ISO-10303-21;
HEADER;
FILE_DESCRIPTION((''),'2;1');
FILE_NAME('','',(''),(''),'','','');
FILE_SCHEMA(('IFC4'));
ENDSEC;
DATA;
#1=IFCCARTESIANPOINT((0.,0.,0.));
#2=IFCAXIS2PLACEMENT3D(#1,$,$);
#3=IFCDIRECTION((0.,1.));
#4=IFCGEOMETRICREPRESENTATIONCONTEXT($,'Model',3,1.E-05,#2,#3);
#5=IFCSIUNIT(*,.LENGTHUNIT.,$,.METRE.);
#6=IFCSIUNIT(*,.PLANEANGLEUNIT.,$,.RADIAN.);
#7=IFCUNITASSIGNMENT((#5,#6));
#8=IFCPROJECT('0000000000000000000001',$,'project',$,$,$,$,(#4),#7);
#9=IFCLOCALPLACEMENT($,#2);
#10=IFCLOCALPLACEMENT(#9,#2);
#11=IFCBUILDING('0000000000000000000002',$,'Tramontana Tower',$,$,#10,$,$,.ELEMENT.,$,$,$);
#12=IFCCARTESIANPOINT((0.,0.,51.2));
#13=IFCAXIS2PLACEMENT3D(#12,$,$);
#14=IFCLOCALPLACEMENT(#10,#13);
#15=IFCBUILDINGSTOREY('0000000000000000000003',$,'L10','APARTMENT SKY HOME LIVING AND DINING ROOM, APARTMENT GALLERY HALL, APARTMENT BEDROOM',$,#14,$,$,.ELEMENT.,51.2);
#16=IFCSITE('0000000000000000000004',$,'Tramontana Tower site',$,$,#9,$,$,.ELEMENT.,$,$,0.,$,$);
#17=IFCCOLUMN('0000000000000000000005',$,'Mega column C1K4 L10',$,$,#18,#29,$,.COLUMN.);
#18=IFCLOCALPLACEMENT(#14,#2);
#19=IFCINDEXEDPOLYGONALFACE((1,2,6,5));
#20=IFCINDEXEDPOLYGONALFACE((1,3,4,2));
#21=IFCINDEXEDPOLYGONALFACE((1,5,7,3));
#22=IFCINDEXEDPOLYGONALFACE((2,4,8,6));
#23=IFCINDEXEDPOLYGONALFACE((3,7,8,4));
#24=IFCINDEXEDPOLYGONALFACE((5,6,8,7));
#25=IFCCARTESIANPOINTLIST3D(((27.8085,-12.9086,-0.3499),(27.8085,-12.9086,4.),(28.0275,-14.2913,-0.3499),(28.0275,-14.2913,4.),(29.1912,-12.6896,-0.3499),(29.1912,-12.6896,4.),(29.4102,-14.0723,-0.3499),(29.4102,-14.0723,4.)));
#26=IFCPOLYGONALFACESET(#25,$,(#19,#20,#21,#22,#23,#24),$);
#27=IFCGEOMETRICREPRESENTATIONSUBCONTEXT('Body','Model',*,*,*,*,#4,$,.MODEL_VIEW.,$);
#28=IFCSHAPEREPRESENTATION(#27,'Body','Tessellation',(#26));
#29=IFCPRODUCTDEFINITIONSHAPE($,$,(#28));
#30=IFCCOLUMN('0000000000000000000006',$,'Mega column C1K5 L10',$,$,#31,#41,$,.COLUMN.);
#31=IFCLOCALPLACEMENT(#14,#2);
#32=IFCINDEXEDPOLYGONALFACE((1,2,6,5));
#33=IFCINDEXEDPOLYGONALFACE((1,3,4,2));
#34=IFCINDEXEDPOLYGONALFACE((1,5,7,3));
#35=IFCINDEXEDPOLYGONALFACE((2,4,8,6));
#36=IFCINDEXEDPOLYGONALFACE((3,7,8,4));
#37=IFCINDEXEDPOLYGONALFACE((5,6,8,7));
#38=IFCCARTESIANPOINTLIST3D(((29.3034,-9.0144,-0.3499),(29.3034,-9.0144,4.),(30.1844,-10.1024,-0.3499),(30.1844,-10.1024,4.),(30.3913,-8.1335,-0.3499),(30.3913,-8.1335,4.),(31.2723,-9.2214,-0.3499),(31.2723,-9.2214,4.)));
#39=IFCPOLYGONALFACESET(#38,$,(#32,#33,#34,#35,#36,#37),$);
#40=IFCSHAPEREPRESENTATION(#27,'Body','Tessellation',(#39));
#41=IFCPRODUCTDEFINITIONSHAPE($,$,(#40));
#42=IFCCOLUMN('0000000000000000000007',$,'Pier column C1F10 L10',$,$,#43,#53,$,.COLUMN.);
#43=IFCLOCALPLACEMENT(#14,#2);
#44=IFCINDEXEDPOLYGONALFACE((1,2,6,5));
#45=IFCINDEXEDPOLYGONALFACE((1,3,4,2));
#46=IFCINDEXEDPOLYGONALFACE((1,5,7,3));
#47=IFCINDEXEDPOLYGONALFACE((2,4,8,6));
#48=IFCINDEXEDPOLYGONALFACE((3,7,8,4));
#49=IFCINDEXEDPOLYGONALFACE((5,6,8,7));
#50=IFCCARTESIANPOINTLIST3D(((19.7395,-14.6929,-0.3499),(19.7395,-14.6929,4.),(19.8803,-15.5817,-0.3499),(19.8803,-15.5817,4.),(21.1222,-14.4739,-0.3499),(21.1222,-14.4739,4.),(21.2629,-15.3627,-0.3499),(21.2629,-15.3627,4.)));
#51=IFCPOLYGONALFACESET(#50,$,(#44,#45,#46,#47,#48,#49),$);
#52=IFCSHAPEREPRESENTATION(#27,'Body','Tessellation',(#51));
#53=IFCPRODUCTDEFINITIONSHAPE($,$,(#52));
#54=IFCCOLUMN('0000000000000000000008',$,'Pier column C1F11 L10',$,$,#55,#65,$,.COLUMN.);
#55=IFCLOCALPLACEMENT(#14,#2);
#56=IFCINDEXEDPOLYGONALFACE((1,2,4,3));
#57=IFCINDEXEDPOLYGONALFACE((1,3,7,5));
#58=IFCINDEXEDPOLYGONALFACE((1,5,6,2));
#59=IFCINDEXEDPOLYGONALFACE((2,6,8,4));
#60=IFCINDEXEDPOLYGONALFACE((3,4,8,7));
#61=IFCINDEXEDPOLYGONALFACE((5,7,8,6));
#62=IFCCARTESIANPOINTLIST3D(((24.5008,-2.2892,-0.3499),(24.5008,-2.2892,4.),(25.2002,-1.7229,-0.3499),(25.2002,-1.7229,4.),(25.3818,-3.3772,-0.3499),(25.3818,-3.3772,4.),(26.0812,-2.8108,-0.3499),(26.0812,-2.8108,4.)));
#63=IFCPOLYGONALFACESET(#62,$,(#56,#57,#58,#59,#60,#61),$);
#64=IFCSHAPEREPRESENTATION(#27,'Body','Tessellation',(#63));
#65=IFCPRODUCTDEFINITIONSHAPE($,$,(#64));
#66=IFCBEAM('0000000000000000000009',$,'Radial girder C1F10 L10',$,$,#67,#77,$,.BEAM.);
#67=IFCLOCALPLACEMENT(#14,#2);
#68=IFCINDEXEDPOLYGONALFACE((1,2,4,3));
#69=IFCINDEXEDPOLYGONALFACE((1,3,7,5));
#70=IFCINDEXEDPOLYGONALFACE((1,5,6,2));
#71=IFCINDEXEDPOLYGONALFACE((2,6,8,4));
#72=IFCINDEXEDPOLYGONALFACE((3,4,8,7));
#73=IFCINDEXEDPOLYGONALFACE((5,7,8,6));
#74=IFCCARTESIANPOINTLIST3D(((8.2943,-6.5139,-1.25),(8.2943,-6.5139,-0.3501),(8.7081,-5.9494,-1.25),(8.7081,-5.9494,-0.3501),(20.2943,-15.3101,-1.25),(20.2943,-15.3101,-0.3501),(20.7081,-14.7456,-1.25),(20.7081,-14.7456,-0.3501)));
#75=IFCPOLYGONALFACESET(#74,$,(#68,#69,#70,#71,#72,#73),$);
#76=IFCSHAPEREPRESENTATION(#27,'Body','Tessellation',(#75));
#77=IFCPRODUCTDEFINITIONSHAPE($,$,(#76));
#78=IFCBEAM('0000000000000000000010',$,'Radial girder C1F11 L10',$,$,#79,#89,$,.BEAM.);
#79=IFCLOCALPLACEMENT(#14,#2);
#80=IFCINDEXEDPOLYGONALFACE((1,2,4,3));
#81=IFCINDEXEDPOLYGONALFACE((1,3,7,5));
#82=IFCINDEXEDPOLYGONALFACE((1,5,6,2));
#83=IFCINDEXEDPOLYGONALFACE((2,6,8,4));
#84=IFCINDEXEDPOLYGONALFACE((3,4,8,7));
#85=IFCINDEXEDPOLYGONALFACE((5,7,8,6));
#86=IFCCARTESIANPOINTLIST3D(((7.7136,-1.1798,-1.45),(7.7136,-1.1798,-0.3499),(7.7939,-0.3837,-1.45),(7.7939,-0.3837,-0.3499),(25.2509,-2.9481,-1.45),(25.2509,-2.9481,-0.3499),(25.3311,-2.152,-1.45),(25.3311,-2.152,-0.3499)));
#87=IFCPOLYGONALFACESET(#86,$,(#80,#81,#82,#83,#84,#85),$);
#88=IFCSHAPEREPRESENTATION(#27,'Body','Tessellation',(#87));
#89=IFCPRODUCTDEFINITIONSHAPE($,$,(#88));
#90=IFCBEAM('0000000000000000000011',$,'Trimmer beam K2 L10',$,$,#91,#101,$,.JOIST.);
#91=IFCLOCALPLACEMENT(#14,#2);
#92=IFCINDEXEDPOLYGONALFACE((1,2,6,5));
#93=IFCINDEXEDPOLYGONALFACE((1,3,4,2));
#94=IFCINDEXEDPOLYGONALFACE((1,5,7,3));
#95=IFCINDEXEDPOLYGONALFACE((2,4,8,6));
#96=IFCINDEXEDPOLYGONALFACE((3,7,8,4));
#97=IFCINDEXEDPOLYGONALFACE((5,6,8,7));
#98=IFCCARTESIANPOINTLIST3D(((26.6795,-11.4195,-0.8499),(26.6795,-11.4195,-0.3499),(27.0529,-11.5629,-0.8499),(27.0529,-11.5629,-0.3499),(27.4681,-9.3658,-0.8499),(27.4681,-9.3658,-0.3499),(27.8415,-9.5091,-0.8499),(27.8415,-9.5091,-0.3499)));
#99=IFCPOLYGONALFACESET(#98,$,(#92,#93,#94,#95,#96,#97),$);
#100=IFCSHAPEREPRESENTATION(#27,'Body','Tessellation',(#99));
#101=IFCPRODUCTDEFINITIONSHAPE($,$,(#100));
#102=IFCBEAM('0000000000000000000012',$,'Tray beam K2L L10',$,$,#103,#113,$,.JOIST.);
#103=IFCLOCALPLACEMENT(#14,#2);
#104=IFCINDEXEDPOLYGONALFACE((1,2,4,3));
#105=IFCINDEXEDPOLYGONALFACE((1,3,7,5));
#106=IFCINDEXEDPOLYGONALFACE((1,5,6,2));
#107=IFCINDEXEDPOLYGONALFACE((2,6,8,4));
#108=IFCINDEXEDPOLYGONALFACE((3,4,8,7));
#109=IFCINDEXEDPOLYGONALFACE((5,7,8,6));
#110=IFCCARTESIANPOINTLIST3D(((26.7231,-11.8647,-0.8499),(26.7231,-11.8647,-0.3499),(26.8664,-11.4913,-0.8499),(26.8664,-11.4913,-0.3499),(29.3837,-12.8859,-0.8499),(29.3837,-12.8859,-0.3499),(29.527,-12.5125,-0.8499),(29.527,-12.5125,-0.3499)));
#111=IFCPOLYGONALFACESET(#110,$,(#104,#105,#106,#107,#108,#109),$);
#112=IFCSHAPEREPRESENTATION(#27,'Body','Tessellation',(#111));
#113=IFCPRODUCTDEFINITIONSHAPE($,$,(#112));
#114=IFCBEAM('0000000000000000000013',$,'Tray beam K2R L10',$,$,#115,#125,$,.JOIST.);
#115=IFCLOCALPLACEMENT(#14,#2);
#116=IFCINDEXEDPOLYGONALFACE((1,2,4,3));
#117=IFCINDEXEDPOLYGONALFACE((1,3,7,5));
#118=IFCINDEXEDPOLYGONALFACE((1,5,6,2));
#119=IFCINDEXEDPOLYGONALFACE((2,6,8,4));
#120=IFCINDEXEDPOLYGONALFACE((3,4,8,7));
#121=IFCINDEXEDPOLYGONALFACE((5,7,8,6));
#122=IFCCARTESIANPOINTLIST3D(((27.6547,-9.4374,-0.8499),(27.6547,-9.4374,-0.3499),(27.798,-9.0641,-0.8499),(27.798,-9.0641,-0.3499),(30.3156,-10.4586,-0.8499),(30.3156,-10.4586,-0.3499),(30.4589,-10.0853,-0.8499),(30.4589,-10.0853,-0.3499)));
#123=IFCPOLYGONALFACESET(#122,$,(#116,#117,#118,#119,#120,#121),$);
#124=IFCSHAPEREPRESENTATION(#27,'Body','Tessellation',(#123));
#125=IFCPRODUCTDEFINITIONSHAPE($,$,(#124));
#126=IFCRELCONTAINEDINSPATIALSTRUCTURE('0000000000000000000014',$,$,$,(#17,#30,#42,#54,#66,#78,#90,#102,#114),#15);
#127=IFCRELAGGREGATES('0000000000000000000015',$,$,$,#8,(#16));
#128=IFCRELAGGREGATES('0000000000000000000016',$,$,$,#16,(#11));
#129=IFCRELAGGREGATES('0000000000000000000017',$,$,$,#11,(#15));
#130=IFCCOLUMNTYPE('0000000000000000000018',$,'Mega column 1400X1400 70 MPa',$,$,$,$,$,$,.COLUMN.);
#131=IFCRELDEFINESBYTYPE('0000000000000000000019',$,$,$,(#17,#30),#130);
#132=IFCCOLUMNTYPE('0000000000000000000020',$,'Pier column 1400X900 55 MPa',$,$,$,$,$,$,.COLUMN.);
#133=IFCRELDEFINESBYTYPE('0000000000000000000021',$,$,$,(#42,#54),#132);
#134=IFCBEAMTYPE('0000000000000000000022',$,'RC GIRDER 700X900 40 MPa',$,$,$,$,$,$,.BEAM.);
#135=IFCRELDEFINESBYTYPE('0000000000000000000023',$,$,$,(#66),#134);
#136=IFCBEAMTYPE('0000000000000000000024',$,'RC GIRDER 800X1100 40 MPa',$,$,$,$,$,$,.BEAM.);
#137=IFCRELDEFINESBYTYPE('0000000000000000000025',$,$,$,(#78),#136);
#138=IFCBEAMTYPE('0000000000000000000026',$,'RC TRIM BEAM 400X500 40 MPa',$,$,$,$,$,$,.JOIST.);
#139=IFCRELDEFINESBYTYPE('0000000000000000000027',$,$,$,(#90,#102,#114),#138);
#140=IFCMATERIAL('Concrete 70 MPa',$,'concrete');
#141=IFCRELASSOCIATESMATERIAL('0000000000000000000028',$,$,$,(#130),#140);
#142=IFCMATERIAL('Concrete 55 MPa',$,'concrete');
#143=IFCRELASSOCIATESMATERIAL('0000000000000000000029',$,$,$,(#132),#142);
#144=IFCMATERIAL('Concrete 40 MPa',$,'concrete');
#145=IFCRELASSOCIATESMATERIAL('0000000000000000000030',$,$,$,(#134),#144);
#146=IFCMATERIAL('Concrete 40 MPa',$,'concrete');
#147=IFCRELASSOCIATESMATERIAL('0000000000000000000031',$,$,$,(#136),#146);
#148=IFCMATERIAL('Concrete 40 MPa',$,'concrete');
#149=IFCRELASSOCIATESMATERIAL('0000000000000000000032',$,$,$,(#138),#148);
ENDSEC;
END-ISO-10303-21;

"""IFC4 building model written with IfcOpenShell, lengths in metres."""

from ifc_helpers import new_model, si_unit, direction, frame, origin, origin_2d, place, context, subcontext, project, spatial, rectangle, extrude, material, material_profile, profile_set, type_object, element, save


model = new_model("IFC4")

# Units and contexts
model_context = context("Model", 3, precision=1e-05, world=origin(), true_north=direction((0.0, 1.0)))
body_context = subcontext(model_context, "Body", "Model", "MODEL_VIEW")
ifc_project = project(units=[si_unit("LENGTHUNIT", "METRE"), si_unit("PLANEANGLEUNIT", "RADIAN")], contexts=[model_context])

# Site, building, storey
site_placement = place(None, origin())
site = spatial("IfcSite", under=ifc_project, at=site_placement, Name="Tramontana Tower site", CompositionType="ELEMENT", RefElevation=0.0)
building_placement = place(site_placement, origin())
building = spatial("IfcBuilding", under=site, at=building_placement, Name="Tramontana Tower", CompositionType="ELEMENT")
storey_placement = place(building_placement, frame((0.0, 0.0, 51.2)))
storey = spatial("IfcBuildingStorey", under=building, at=storey_placement, Name="L10", Description="APARTMENT SKY HOME LIVING AND DINING ROOM, APARTMENT GALLERY HALL, APARTMENT BEDROOM", CompositionType="ELEMENT", Elevation=51.2)

# Columns
ifc_material_1 = material(Name="Concrete 70 MPa", Category="concrete")
ifc_material_profile_1 = material_profile(ifc_material_1, rectangle(XDim=1.3999, YDim=1.3999, at=origin_2d()), Name="Mega column 1400X1400 70 MPa")
ifc_profile_set_1 = profile_set([ifc_material_profile_1], Name="Concrete 70 MPa")
column_type_1 = type_object("IfcColumnType", Name="Mega column 1400X1400 70 MPa", PredefinedType="COLUMN", material=ifc_profile_set_1)
for number, where, z_axis, x_axis, name in (
    (1, (28.6094, -13.4905, -0.3499), (0.0, 0.0, 1.0), (0.987688, 0.156434, 0.0), "Mega column C1K4 L10"),
    (2, (30.2878, -9.1179, -0.3499), (0.0, 0.0, 1.0), (-0.62932, 0.777146, 0.0), "Mega column C1K5 L10"),
):
    element("IfcColumn", number, at=place(storey_placement, frame(where, z_axis=z_axis, x_axis=x_axis)), inside=storey, type_object=column_type_1, Name=name, PredefinedType="COLUMN", context=body_context, shape_type="SweptSolid", body=[
        extrude(rectangle(XDim=1.3999, YDim=1.3999, at=origin_2d()), origin(), (0.0, 0.0, 1.0), 4.3499),
    ])
ifc_material_2 = material(Name="Concrete 55 MPa", Category="concrete")
ifc_material_profile_2 = material_profile(ifc_material_2, rectangle(XDim=1.3999, YDim=0.8999, at=origin_2d()), Name="Pier column 1400X900 55 MPa")
ifc_profile_set_2 = profile_set([ifc_material_profile_2], Name="Concrete 55 MPa")
column_type_2 = type_object("IfcColumnType", Name="Pier column 1400X900 55 MPa", PredefinedType="COLUMN", material=ifc_profile_set_2)
for number, where, z_axis, x_axis, name in (
    (3, (20.5012, -15.0278, -0.3499), (0.0, 0.0, 1.0), (0.987688, 0.156434, 0.0), "Pier column C1F10 L10"),
    (4, (25.291, -2.55, -0.3499), (0.0, 0.0, 1.0), (-0.62932, 0.777146, 0.0), "Pier column C1F11 L10"),
):
    element("IfcColumn", number, at=place(storey_placement, frame(where, z_axis=z_axis, x_axis=x_axis)), inside=storey, type_object=column_type_2, Name=name, PredefinedType="COLUMN", context=body_context, shape_type="SweptSolid", body=[
        extrude(rectangle(XDim=1.3999, YDim=0.8999, at=origin_2d()), origin(), (0.0, 0.0, 1.0), 4.3499),
    ])

# Beams
ifc_material_3 = material(Name="Concrete 40 MPa", Category="concrete")
ifc_material_profile_3 = material_profile(ifc_material_3, rectangle(XDim=0.7, YDim=0.8999, at=origin_2d()), Name="RC GIRDER 700X900 40 MPa")
ifc_profile_set_3 = profile_set([ifc_material_profile_3], Name="Concrete 40 MPa")
beam_type_1 = type_object("IfcBeamType", Name="RC GIRDER 700X900 40 MPa", PredefinedType="BEAM", material=ifc_profile_set_3)
beam_1_placement = place(storey_placement, frame((20.5012, -15.0278, -0.8), z_axis=(-0.806529, 0.591195, 0.0), x_axis=(-0.591195, -0.806529, 0.0)))
element("IfcBeam", 5, at=beam_1_placement, inside=storey, type_object=beam_type_1, Name="Radial girder C1F10 L10", PredefinedType="BEAM", context=body_context, shape_type="SweptSolid", body=[
    extrude(rectangle(XDim=0.7, YDim=0.8999, at=origin_2d()), origin(), (0.0, 0.0, 1.0), 14.8787),
])
ifc_material_4 = material(Name="Concrete 40 MPa", Category="concrete")
ifc_material_profile_4 = material_profile(ifc_material_4, rectangle(XDim=0.8, YDim=1.1001, at=origin_2d()), Name="RC GIRDER 800X1100 40 MPa")
ifc_profile_set_4 = profile_set([ifc_material_profile_4], Name="Concrete 40 MPa")
beam_type_2 = type_object("IfcBeamType", Name="RC GIRDER 800X1100 40 MPa", PredefinedType="BEAM", material=ifc_profile_set_4)
beam_2_placement = place(storey_placement, frame((25.291, -2.55, -0.8999), z_axis=(-0.994955, 0.100322, 0.0), x_axis=(-0.100322, -0.994955, 0.0)))
element("IfcBeam", 6, at=beam_2_placement, inside=storey, type_object=beam_type_2, Name="Radial girder C1F11 L10", PredefinedType="BEAM", context=body_context, shape_type="SweptSolid", body=[
    extrude(rectangle(XDim=0.8, YDim=1.1001, at=origin_2d()), origin(), (0.0, 0.0, 1.0), 17.6262),
])
ifc_material_5 = material(Name="Concrete 40 MPa", Category="concrete")
ifc_material_profile_5 = material_profile(ifc_material_5, rectangle(XDim=0.3999, YDim=0.5, at=origin_2d()), Name="RC TRIM BEAM 400X500 40 MPa")
ifc_profile_set_5 = profile_set([ifc_material_profile_5], Name="Concrete 40 MPa")
beam_type_3 = type_object("IfcBeamType", Name="RC TRIM BEAM 400X500 40 MPa", PredefinedType="JOIST", material=ifc_profile_set_5)
beam_3_placement = place(storey_placement, frame((26.8662, -11.4912, -0.5999), z_axis=(0.358458, 0.933546, 0.0), x_axis=(-0.933546, 0.358458, 0.0)))
element("IfcBeam", 7, at=beam_3_placement, inside=storey, type_object=beam_type_3, Name="Trimmer beam K2 L10", PredefinedType="JOIST", context=body_context, shape_type="SweptSolid", body=[
    extrude(rectangle(XDim=0.3999, YDim=0.5, at=origin_2d()), origin(), (0.0, 0.0, 1.0), 2.2),
])
beam_4_placement = place(storey_placement, frame((29.4553, -12.6992, -0.5999), z_axis=(-0.93359, 0.358342, 0.0), x_axis=(-0.358342, -0.93359, 0.0)))
element("IfcBeam", 8, at=beam_4_placement, inside=storey, type_object=beam_type_3, Name="Tray beam K2L L10", PredefinedType="JOIST", context=body_context, shape_type="SweptSolid", body=[
    extrude(rectangle(XDim=0.3999, YDim=0.5, at=origin_2d()), origin(), (0.0, 0.0, 1.0), 2.8499),
])
beam_5_placement = place(storey_placement, frame((30.3872, -10.272, -0.5999), z_axis=(-0.933601, 0.358313, 0.0), x_axis=(-0.358313, -0.933601, 0.0)))
element("IfcBeam", 9, at=beam_5_placement, inside=storey, type_object=beam_type_3, Name="Tray beam K2R L10", PredefinedType="JOIST", context=body_context, shape_type="SweptSolid", body=[
    extrude(rectangle(XDim=0.3999, YDim=0.5, at=origin_2d()), origin(), (0.0, 0.0, 1.0), 2.8501),
])

save(model, "model.ifc")
